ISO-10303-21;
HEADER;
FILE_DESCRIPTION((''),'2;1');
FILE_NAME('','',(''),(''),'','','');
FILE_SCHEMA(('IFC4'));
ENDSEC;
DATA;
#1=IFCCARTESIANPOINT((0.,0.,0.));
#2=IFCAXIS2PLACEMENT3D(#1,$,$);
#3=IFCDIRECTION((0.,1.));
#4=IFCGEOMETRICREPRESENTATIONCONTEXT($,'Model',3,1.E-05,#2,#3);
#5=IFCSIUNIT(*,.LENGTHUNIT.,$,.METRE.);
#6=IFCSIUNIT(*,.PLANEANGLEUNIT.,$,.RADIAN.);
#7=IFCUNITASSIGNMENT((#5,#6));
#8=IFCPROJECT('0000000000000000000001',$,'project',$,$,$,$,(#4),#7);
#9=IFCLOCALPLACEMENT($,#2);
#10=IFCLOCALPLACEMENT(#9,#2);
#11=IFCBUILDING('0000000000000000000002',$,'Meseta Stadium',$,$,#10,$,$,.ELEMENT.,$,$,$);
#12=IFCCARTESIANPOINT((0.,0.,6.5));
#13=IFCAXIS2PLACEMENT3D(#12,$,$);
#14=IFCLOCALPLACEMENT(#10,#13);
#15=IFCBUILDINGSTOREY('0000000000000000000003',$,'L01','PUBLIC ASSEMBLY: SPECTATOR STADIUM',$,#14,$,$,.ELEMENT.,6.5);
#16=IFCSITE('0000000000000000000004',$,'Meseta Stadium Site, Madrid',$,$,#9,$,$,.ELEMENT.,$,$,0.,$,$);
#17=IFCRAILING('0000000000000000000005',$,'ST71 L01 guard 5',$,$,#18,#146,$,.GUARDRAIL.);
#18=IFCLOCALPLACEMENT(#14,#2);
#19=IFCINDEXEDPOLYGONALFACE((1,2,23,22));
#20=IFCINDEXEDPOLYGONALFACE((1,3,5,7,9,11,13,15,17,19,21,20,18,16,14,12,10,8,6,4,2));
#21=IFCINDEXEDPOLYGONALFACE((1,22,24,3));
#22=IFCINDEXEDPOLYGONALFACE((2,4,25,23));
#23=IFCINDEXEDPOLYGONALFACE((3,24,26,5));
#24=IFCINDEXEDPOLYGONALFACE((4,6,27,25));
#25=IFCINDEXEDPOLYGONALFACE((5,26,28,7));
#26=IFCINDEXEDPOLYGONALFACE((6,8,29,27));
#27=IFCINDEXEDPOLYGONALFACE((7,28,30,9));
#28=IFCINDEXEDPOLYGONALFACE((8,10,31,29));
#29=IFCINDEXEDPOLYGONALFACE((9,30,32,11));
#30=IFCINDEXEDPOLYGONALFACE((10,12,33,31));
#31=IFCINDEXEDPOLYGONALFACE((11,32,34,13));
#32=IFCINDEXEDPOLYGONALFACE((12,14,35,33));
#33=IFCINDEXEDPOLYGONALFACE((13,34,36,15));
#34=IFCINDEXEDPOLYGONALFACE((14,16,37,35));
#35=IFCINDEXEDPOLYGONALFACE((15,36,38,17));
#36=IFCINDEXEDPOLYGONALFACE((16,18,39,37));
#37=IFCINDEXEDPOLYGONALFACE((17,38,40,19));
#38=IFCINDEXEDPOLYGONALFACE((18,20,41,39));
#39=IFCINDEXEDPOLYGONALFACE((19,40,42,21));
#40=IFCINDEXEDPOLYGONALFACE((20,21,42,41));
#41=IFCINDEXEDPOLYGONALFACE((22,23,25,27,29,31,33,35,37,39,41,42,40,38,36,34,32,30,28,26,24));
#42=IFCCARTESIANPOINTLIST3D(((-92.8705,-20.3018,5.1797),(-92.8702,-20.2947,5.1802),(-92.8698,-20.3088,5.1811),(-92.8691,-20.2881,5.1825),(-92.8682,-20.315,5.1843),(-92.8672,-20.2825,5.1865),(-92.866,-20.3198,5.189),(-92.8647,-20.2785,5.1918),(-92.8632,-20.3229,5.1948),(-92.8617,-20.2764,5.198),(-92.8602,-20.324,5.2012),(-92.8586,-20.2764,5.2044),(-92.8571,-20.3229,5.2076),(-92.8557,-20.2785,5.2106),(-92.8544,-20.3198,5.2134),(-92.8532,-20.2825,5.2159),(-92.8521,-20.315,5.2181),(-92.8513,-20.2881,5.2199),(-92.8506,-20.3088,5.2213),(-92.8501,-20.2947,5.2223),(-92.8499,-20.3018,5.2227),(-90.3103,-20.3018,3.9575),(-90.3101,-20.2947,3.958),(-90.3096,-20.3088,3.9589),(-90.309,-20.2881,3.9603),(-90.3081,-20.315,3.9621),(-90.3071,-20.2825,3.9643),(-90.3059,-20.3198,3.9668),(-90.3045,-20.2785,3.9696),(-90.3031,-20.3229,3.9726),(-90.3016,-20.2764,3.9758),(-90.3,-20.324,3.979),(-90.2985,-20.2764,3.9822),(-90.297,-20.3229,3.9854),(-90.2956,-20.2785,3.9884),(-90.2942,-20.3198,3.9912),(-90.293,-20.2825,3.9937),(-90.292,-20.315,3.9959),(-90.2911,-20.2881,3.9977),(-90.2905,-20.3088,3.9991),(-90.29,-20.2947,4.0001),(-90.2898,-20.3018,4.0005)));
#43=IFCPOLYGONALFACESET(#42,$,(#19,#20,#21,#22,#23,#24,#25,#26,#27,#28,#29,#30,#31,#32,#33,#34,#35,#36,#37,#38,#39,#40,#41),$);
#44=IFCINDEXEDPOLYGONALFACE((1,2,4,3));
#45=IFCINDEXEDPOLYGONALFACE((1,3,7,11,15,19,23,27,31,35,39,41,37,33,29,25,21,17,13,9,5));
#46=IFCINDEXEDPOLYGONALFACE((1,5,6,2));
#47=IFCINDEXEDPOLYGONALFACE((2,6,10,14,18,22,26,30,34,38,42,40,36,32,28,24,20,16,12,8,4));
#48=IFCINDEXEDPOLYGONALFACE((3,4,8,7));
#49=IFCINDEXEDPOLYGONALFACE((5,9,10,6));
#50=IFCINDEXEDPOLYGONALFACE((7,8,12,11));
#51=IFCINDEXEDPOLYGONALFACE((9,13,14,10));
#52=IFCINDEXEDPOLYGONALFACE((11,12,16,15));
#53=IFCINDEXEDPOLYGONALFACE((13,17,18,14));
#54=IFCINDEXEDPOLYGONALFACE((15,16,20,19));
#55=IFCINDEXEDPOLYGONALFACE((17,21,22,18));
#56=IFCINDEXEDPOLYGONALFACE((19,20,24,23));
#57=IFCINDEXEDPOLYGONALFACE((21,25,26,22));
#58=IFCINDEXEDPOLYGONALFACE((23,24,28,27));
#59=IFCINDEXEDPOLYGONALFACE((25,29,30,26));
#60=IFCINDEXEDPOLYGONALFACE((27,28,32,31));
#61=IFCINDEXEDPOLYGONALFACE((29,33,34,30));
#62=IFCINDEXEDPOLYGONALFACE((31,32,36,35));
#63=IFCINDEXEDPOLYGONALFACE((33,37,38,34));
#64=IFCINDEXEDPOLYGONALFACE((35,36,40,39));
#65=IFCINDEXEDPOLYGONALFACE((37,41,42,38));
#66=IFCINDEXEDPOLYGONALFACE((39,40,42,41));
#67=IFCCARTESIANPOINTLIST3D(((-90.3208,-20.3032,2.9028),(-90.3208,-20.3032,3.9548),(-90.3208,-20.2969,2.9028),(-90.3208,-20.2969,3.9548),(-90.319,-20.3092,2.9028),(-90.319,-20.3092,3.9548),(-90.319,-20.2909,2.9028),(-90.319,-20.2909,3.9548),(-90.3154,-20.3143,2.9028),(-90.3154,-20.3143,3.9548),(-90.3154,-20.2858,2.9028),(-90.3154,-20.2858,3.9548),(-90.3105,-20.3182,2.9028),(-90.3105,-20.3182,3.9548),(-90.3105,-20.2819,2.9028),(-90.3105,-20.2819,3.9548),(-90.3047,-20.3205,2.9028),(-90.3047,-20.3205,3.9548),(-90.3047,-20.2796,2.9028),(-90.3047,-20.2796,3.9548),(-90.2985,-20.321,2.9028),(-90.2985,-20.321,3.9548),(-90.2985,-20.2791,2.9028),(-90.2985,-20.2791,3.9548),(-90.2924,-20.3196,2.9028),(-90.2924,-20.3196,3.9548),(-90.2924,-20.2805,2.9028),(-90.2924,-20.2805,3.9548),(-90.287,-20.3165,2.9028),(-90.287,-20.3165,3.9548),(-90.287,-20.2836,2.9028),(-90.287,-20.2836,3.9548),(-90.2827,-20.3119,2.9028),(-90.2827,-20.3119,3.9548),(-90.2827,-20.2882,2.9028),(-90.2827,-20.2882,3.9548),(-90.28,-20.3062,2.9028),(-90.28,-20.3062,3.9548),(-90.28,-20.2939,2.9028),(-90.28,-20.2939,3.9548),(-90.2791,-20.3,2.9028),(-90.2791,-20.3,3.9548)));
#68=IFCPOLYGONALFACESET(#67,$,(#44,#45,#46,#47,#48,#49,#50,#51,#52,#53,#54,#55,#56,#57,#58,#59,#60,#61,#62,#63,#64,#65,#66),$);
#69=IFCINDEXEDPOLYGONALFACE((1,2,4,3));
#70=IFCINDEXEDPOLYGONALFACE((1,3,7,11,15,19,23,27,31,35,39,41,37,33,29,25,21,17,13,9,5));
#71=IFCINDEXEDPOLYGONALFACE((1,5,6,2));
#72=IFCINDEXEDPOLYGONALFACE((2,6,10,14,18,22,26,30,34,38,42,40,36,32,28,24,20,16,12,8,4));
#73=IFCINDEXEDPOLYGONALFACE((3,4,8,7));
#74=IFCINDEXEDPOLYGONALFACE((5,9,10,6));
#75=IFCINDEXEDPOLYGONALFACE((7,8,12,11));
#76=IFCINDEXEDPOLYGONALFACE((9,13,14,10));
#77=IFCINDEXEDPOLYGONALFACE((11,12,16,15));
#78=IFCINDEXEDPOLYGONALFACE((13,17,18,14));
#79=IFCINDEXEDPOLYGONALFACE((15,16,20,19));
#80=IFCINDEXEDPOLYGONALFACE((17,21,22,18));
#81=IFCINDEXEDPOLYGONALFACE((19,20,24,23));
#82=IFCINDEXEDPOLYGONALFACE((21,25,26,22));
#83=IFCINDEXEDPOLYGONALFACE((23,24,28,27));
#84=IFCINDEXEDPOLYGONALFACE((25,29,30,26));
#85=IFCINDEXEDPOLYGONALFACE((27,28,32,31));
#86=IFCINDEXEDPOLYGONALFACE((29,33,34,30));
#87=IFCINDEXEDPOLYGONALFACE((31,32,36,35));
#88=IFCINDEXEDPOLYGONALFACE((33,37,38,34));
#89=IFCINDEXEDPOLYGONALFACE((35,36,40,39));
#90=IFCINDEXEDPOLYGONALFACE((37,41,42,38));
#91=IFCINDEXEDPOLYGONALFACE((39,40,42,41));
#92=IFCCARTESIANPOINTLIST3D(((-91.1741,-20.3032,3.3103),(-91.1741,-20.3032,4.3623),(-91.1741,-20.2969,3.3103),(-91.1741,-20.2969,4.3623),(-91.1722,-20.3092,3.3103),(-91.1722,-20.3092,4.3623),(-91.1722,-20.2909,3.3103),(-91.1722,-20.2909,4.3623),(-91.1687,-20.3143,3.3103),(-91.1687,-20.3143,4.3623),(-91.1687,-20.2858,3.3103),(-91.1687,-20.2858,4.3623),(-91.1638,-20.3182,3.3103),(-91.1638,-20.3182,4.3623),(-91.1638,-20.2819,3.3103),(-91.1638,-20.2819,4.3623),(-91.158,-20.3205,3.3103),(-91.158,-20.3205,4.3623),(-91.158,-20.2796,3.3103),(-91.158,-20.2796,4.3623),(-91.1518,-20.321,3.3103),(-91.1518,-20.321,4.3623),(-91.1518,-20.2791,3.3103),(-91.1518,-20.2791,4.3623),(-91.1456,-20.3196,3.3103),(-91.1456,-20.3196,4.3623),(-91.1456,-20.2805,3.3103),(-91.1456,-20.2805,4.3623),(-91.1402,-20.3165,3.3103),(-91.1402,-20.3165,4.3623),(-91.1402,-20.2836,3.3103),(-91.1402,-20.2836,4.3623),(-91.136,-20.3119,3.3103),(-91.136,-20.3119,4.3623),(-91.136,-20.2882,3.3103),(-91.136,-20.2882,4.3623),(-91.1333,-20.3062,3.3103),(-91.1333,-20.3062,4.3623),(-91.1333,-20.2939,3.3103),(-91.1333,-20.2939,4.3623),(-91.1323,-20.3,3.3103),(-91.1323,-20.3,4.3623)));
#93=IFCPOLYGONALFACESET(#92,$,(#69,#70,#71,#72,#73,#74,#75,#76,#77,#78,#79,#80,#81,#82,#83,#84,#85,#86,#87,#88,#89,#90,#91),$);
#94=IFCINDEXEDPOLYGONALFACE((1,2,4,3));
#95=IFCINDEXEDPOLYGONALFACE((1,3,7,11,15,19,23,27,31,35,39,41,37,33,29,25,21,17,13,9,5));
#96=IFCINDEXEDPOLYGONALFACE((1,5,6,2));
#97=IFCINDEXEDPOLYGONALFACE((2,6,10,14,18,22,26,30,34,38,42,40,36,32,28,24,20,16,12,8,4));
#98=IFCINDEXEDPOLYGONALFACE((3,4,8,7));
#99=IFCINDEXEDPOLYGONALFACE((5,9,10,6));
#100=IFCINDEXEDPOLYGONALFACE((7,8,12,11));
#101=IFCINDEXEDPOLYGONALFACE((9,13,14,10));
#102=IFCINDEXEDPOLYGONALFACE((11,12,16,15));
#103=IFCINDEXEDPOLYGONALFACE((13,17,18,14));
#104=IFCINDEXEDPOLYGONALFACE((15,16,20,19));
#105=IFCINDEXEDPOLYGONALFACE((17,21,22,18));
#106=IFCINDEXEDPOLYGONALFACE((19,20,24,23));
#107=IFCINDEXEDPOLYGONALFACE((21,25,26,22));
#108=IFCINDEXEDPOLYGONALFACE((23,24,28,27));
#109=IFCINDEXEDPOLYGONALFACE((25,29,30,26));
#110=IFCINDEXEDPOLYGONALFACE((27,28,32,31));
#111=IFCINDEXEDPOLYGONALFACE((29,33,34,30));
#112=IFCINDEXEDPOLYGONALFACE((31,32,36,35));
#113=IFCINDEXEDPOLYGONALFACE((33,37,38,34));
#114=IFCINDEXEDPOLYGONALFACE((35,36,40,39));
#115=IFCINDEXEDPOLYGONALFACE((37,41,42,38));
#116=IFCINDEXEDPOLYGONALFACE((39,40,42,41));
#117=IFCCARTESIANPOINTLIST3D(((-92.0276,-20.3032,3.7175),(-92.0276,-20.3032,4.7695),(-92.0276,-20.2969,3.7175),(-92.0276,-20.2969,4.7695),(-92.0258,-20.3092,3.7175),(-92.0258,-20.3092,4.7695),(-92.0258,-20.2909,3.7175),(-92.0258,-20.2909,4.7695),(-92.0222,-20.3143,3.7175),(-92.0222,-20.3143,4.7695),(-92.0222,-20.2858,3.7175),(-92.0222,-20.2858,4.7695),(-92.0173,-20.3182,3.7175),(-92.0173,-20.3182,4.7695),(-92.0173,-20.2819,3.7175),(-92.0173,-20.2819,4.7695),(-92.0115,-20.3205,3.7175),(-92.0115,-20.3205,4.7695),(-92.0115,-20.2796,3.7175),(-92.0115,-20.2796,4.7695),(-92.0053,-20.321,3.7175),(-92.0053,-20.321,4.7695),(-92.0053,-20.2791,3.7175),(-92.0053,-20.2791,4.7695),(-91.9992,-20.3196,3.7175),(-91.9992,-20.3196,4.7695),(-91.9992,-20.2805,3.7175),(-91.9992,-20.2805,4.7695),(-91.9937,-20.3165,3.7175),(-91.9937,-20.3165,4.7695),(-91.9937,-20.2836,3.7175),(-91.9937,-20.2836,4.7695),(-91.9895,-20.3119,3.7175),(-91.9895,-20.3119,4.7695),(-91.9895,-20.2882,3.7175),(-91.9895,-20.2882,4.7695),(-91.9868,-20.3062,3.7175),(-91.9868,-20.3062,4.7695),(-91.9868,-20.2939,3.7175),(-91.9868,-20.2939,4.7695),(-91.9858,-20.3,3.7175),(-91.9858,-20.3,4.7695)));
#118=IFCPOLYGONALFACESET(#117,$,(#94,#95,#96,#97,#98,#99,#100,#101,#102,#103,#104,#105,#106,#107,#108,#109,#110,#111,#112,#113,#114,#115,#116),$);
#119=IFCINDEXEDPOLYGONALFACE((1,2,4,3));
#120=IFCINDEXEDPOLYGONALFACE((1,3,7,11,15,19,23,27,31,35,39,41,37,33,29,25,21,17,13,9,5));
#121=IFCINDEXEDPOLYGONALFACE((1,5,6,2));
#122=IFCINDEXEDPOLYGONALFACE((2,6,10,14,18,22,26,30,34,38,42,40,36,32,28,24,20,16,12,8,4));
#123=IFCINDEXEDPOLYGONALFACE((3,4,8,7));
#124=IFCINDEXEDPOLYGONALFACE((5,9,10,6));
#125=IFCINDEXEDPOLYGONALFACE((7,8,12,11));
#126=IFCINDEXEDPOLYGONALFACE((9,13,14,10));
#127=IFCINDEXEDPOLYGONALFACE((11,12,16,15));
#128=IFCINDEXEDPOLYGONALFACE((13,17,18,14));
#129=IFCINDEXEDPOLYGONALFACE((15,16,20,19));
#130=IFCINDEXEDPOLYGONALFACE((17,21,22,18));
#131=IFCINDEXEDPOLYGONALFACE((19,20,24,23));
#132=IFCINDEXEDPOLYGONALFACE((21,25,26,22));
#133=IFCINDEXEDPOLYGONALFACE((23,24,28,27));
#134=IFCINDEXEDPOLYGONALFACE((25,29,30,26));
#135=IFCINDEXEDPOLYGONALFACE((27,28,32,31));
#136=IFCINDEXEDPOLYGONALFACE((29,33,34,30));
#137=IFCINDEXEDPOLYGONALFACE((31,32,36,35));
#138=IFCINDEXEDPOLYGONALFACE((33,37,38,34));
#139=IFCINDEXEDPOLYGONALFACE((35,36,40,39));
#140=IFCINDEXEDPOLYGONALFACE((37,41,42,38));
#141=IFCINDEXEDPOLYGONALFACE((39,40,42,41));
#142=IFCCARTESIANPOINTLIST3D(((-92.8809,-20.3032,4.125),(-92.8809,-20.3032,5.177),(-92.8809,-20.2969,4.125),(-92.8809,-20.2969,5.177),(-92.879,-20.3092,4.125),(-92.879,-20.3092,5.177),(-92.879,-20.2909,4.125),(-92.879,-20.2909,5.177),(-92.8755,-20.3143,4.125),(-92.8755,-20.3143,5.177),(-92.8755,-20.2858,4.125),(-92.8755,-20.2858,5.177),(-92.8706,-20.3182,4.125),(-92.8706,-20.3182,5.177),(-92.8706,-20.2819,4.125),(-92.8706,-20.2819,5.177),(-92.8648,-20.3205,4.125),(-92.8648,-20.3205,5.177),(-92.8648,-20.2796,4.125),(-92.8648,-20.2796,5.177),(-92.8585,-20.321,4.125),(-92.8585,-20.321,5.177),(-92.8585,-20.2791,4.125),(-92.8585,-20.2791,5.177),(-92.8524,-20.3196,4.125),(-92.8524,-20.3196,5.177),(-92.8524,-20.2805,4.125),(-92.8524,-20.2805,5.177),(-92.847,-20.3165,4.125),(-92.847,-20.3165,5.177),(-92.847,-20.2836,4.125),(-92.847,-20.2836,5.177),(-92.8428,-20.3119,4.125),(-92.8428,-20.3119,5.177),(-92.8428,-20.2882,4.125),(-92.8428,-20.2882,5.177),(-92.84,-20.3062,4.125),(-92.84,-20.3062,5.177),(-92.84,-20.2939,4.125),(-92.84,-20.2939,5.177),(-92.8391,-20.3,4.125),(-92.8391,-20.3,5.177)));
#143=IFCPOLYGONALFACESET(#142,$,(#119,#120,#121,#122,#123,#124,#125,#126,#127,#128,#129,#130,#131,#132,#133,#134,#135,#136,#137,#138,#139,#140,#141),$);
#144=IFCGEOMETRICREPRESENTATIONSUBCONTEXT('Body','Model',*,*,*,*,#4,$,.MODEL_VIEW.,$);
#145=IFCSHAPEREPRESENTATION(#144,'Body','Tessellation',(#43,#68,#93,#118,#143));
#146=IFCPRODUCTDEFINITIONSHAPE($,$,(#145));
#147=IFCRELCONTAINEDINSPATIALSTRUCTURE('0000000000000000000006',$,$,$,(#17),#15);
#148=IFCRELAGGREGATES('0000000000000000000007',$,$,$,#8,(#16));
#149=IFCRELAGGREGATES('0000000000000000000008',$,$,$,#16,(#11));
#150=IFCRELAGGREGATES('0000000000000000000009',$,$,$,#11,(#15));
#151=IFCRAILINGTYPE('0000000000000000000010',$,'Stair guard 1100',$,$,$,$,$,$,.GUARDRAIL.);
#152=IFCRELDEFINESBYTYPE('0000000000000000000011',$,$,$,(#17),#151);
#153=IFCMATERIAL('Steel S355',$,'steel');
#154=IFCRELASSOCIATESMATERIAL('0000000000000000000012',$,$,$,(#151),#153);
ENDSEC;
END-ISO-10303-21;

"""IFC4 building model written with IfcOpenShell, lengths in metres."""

from ifc_helpers import new_model, si_unit, direction, frame, origin, origin_2d, place, context, subcontext, project, spatial, circle, extrude, material, type_object, element, save


model = new_model("IFC4")

# Units and contexts
model_context = context("Model", 3, precision=1e-05, world=origin(), true_north=direction((0.0, 1.0)))
body_context = subcontext(model_context, "Body", "Model", "MODEL_VIEW")
ifc_project = project(units=[si_unit("LENGTHUNIT", "METRE"), si_unit("PLANEANGLEUNIT", "RADIAN")], contexts=[model_context])

# Site, building, storey
site_placement = place(None, origin())
site = spatial("IfcSite", under=ifc_project, at=site_placement, Name="Meseta Stadium Site, Madrid", CompositionType="ELEMENT", RefElevation=0.0)
building_placement = place(site_placement, origin())
building = spatial("IfcBuilding", under=site, at=building_placement, Name="Meseta Stadium", CompositionType="ELEMENT")
storey_placement = place(building_placement, frame((0.0, 0.0, 6.5)))
storey = spatial("IfcBuildingStorey", under=building, at=storey_placement, Name="L01", Description="PUBLIC ASSEMBLY: SPECTATOR STADIUM", CompositionType="ELEMENT", Elevation=6.5)

# Railing
ifc_material_1 = material(Name="Steel S355", Category="steel")
railing_type_1 = type_object("IfcRailingType", Name="Stair guard 1100", PredefinedType="GUARDRAIL", material=ifc_material_1)
railing_1_placement = place(storey_placement, frame((-90.3, -20.3, 2.9028)))
element("IfcRailing", 1, at=railing_1_placement, inside=storey, type_object=railing_type_1, Name="ST71 L01 guard 5", PredefinedType="GUARDRAIL", context=body_context, shape_type="SweptSolid", body=[
    extrude(circle(Radius=0.0239, at=origin_2d()), frame((0.0, 0.0, 1.0762), z_axis=(-0.902437, 0.0, 0.430822), x_axis=(0.0, -1.0, 0.0)), (0.0, 0.0, 1.0), 2.8369),
    extrude(circle(Radius=0.021, at=origin_2d()), origin(), (0.0, 0.0, 1.0), 1.052),
    extrude(circle(Radius=0.021, at=origin_2d()), frame((-0.8533, 0.0, 0.4075)), (0.0, 0.0, 1.0), 1.052),
    extrude(circle(Radius=0.021, at=origin_2d()), frame((-1.7068, 0.0, 0.8147)), (0.0, 0.0, 1.0), 1.052),
    extrude(circle(Radius=0.021, at=origin_2d()), frame((-2.5601, 0.0, 1.2222)), (0.0, 0.0, 1.0), 1.052),
])

save(model, "model.ifc")
